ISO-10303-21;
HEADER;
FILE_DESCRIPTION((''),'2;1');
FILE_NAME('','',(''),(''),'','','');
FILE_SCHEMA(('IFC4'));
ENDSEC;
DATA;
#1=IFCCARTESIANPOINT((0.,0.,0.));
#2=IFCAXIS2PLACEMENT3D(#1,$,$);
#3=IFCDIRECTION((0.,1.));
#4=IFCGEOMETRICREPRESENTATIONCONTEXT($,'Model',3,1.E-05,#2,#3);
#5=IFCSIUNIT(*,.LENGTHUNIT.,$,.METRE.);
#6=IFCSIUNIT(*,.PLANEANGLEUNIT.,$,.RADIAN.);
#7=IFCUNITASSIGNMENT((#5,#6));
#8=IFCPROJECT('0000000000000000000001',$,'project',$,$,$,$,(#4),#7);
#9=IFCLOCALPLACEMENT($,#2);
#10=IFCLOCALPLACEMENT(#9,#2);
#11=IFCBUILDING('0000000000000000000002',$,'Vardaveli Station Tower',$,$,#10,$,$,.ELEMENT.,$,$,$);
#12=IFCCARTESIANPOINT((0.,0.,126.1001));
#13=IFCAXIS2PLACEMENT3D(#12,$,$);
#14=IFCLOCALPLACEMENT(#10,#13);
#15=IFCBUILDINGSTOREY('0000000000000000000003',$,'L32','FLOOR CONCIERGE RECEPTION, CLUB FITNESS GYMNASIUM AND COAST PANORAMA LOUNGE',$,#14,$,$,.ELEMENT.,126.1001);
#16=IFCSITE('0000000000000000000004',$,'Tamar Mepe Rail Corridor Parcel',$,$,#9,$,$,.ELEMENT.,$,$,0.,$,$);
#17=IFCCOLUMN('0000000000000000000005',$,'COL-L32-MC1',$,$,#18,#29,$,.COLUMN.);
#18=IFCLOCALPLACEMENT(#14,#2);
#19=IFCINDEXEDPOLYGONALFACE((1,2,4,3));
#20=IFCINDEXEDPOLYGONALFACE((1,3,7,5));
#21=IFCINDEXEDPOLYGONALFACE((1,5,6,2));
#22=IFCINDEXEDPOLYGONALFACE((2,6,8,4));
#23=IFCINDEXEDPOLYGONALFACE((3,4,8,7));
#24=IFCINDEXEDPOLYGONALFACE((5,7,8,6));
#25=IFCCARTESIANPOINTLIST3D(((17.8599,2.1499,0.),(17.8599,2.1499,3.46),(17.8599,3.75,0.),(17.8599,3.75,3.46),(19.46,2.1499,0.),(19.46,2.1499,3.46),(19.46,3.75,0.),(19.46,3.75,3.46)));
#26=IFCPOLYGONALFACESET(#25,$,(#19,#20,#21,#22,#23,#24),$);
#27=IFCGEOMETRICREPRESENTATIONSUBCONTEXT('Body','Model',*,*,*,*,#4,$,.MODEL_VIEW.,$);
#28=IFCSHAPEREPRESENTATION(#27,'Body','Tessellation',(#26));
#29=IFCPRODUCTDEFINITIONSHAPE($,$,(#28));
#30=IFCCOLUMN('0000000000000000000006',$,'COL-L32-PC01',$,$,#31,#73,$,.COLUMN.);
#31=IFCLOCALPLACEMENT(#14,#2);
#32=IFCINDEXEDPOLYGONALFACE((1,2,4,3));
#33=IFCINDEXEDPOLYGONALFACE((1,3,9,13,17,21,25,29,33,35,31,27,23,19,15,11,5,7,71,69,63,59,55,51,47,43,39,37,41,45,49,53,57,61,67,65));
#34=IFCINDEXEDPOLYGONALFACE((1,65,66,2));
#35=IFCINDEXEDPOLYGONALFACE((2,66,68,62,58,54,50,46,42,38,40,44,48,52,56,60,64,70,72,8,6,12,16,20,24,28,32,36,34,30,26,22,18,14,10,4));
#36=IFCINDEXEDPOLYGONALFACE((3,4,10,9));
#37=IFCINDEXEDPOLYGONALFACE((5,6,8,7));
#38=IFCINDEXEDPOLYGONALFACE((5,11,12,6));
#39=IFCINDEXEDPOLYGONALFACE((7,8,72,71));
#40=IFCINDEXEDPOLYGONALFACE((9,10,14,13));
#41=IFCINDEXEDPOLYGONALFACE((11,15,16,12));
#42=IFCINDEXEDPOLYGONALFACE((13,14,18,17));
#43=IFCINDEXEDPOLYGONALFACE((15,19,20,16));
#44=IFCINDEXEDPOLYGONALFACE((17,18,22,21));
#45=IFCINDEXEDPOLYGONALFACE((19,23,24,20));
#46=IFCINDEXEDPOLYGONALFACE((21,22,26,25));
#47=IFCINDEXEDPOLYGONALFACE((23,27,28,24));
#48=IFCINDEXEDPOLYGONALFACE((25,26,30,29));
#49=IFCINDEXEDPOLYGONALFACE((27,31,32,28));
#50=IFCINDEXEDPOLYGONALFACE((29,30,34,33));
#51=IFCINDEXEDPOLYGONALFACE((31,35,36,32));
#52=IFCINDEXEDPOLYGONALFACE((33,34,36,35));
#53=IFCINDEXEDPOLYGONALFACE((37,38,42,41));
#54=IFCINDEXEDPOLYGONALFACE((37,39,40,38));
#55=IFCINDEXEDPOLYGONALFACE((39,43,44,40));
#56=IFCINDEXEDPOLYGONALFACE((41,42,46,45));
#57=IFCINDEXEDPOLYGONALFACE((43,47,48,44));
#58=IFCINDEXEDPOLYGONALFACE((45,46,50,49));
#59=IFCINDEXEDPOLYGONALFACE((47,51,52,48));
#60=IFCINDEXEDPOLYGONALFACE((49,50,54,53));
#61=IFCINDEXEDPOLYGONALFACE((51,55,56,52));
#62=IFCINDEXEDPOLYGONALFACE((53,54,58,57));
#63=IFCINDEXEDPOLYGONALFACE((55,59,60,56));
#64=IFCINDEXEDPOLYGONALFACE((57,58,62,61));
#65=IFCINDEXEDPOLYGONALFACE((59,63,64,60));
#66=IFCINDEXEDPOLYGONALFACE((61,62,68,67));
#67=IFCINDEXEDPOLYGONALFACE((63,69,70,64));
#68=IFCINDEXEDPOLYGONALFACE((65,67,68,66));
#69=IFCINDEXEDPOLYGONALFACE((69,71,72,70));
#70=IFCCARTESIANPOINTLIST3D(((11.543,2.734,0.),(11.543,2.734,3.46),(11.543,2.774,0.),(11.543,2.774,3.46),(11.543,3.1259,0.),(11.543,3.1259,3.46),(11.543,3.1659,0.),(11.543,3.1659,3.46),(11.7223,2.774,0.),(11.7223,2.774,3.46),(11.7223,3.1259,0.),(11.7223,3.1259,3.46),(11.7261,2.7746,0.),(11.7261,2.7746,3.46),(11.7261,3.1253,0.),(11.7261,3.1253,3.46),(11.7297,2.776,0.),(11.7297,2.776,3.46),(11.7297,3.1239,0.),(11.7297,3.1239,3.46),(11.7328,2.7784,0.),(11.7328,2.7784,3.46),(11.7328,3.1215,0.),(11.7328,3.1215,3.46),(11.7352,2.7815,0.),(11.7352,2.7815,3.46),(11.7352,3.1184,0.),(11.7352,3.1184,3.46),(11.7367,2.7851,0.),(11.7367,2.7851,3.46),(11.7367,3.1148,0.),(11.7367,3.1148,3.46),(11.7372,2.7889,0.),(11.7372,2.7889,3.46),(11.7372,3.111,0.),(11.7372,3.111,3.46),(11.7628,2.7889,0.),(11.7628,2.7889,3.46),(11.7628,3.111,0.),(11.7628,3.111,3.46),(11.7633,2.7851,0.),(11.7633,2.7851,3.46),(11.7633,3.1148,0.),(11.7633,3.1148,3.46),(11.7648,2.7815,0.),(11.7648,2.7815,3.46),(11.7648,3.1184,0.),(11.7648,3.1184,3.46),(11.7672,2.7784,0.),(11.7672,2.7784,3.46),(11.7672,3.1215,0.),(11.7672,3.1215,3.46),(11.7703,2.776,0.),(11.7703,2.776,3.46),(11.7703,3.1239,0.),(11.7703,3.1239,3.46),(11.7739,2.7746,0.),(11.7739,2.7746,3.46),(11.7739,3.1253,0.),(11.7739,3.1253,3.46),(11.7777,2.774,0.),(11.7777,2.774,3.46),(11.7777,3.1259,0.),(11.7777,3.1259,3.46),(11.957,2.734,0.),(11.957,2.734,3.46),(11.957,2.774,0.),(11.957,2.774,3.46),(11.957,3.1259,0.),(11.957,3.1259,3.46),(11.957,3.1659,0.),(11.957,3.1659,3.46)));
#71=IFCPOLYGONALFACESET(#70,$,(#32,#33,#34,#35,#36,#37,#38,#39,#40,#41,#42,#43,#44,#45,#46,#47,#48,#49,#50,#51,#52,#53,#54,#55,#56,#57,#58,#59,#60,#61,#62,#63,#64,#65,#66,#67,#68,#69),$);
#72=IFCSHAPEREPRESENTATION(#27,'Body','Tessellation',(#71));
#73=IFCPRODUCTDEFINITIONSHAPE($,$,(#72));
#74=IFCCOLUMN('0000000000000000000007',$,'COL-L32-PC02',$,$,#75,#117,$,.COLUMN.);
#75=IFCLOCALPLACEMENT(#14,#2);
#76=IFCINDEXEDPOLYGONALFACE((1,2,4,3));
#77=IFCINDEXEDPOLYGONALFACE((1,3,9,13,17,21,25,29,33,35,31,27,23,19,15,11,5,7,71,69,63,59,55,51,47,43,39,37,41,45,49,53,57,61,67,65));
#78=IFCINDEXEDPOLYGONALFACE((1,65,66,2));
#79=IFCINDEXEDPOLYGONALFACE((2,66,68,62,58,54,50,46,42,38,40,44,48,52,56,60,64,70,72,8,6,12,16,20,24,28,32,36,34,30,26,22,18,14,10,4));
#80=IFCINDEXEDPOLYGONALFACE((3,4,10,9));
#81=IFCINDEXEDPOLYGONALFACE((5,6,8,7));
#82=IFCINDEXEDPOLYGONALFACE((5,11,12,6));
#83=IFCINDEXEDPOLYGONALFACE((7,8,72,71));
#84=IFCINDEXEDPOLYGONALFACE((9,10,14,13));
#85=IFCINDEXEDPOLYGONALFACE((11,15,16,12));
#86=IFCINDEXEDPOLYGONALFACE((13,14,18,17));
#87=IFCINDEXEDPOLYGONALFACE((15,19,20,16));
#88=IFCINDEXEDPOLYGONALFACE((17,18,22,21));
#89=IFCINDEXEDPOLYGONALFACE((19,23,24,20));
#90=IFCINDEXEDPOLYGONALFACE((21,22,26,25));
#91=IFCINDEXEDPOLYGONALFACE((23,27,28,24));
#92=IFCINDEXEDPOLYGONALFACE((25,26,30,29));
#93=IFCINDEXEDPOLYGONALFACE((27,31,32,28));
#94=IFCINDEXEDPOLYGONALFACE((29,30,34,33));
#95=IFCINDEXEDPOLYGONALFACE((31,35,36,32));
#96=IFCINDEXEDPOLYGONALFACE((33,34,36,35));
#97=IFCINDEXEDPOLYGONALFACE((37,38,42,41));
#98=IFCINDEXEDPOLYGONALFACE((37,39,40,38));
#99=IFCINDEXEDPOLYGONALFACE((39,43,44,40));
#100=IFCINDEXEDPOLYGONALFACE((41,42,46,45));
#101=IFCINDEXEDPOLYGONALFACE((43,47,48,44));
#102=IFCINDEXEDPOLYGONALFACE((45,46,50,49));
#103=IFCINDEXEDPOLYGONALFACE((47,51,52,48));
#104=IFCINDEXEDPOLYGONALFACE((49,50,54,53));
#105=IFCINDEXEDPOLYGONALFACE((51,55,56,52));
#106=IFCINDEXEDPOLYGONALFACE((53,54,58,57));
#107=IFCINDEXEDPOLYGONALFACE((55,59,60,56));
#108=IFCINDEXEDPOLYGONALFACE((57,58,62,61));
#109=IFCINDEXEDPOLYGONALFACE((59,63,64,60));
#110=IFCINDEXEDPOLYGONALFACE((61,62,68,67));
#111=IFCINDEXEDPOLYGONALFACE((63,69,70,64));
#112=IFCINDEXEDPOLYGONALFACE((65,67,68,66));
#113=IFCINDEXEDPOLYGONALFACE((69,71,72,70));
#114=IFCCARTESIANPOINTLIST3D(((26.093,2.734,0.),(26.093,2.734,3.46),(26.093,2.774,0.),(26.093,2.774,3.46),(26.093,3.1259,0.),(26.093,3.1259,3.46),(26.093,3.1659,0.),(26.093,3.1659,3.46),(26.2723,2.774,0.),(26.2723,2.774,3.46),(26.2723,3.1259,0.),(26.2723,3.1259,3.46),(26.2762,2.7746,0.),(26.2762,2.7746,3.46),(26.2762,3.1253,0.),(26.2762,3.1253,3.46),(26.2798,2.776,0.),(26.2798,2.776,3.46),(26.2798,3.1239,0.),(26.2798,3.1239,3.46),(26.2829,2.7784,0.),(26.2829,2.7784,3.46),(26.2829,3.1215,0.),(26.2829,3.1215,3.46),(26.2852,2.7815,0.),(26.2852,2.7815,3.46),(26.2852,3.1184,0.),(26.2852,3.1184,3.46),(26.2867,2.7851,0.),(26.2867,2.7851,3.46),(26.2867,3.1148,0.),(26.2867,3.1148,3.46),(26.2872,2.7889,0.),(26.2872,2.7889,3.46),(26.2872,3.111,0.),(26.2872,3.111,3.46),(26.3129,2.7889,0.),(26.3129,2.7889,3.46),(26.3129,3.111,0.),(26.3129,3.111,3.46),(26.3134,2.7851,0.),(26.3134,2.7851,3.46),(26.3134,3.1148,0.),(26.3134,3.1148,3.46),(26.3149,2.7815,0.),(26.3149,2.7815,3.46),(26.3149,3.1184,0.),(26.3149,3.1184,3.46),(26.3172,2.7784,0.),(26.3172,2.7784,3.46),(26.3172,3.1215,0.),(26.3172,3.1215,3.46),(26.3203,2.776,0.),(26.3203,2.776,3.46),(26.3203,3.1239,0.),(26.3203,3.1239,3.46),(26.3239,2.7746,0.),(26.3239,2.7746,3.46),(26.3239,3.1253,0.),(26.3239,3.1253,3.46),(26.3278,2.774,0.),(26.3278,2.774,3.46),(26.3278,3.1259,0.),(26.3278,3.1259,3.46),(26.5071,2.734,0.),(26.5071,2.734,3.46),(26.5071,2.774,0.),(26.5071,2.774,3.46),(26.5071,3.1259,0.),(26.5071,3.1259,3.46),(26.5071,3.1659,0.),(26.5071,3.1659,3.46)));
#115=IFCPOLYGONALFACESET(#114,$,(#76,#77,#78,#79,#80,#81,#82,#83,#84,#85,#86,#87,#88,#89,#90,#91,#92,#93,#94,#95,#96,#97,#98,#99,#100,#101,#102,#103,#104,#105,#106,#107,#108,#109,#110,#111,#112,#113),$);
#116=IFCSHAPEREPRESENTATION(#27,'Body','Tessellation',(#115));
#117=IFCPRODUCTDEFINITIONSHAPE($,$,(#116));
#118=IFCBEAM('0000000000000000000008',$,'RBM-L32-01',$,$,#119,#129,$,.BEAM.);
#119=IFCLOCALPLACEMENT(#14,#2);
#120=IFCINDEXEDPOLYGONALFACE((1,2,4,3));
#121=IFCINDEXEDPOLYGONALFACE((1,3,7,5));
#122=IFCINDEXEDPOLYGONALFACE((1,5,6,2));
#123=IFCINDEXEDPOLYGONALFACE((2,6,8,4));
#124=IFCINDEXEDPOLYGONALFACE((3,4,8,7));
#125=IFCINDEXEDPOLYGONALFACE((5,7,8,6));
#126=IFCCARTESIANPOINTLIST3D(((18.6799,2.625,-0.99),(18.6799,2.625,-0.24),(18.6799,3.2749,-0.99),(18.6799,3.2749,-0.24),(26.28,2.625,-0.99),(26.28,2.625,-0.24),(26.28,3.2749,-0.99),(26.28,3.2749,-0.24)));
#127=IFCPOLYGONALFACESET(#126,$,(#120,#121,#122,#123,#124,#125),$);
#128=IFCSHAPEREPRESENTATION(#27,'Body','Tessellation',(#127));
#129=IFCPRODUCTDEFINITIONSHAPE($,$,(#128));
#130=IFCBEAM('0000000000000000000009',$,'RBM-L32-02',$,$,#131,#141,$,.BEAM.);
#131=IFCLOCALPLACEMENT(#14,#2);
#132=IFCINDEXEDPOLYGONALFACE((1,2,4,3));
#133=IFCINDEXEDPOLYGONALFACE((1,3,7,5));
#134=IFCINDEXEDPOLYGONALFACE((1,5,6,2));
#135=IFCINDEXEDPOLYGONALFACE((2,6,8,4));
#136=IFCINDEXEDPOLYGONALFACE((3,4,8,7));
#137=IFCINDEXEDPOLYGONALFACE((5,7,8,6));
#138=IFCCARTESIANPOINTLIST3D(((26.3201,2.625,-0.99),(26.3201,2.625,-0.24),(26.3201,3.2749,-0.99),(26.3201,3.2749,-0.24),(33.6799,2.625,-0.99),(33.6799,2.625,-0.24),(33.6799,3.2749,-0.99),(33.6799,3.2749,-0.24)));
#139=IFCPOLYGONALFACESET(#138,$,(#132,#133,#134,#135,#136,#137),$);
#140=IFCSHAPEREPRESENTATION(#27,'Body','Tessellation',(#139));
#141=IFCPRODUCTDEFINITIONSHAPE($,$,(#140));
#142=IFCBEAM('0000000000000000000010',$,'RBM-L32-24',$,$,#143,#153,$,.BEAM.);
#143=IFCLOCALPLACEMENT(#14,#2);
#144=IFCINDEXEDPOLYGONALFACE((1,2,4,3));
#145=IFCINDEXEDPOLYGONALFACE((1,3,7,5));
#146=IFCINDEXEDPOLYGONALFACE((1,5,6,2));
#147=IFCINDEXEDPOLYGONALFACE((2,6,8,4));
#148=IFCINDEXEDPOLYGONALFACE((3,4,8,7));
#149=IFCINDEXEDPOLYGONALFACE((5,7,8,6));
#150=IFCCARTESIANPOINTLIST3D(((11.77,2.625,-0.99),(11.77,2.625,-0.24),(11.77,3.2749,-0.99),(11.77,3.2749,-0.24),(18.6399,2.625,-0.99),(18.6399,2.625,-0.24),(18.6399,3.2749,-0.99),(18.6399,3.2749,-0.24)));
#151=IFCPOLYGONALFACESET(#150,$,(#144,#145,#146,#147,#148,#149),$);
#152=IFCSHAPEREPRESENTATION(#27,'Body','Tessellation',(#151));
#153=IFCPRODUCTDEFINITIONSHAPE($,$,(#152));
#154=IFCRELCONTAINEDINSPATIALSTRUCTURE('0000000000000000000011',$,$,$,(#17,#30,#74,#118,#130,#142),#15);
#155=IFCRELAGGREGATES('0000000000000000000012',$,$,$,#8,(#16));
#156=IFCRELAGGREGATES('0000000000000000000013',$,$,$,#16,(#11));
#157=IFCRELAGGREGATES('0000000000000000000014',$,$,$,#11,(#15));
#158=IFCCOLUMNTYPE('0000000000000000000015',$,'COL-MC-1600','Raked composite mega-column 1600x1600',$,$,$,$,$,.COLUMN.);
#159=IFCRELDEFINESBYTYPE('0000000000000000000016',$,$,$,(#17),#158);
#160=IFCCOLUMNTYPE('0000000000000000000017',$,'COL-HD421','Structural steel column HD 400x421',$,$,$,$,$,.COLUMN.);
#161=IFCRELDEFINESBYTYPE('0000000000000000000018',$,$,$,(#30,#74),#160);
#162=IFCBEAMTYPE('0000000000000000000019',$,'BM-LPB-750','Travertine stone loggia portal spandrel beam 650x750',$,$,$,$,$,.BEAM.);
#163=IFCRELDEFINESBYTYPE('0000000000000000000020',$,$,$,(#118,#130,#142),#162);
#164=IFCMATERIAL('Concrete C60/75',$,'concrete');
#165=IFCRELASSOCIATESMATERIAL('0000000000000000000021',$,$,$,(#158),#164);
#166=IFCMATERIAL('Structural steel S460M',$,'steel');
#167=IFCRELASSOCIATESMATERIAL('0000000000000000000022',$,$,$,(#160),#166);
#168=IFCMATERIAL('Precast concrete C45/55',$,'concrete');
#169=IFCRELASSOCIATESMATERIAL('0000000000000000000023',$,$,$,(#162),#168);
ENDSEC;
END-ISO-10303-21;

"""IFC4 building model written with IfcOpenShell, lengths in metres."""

from ifc_helpers import new_model, si_unit, direction, frame, origin, origin_2d, place, context, subcontext, project, spatial, rectangle, i_section, extrude, source, transform, mapped, material, material_profile, profile_set, type_object, element, save


model = new_model("IFC4")

# Units and contexts
model_context = context("Model", 3, precision=1e-05, world=origin(), true_north=direction((0.0, 1.0)))
body_context = subcontext(model_context, "Body", "Model", "MODEL_VIEW")
ifc_project = project(units=[si_unit("LENGTHUNIT", "METRE"), si_unit("PLANEANGLEUNIT", "RADIAN")], contexts=[model_context])

# Site, building, storey
site_placement = place(None, origin())
site = spatial("IfcSite", under=ifc_project, at=site_placement, Name="Tamar Mepe Rail Corridor Parcel", CompositionType="ELEMENT", RefElevation=0.0)
building_placement = place(site_placement, origin())
building = spatial("IfcBuilding", under=site, at=building_placement, Name="Vardaveli Station Tower", CompositionType="ELEMENT")
storey_placement = place(building_placement, frame((0.0, 0.0, 126.1001)))
storey = spatial("IfcBuildingStorey", under=building, at=storey_placement, Name="L32", Description="FLOOR CONCIERGE RECEPTION, CLUB FITNESS GYMNASIUM AND COAST PANORAMA LOUNGE", CompositionType="ELEMENT", Elevation=126.1001)

# Columns
ifc_material_1 = material(Name="Concrete C60/75", Category="concrete")
ifc_material_profile_1 = material_profile(ifc_material_1, rectangle(XDim=1.6001, YDim=1.6001, at=origin_2d()), Name="MC 1600x1600")
ifc_profile_set_1 = profile_set([ifc_material_profile_1], Name="Concrete C60/75")
column_type_1 = type_object("IfcColumnType", Name="COL-MC-1600", Description="Raked composite mega-column 1600x1600", PredefinedType="COLUMN", material=ifc_profile_set_1)
shared_shape_1 = source(origin(), body_context, "Body", "SweptSolid", [
    extrude(rectangle(XDim=1.6001, YDim=1.6001, at=origin_2d()), origin(), (0.0, 0.0, 1.0), 3.46),
])
column_placement = place(storey_placement, frame((18.6599, 2.95, 0.0), z_axis=(0.0, 0.0, 1.0), x_axis=(1.0, 0.0, 0.0)))
element("IfcColumn", 1, at=column_placement, inside=storey, type_object=column_type_1, Name="COL-L32-MC1", PredefinedType="COLUMN", context=body_context, shape_type="MappedRepresentation", body=[
    mapped(shared_shape_1, transform((0.0, 0.0, 0.0), scale=1.0)),
])
ifc_material_2 = material(Name="Structural steel S460M", Category="steel")
ifc_material_profile_2 = material_profile(ifc_material_2, i_section(OverallWidth=0.4141, OverallDepth=0.4319, WebThickness=0.0256, FlangeThickness=0.04, FilletRadius=0.0149, at=origin_2d()), Name="HD 400x421")
ifc_profile_set_2 = profile_set([ifc_material_profile_2], Name="Structural steel S460M")
column_type_2 = type_object("IfcColumnType", Name="COL-HD421", Description="Structural steel column HD 400x421", PredefinedType="COLUMN", material=ifc_profile_set_2)
shared_shape_2 = source(origin(), body_context, "Body", "SweptSolid", [
    extrude(i_section(OverallWidth=0.4141, OverallDepth=0.4319, WebThickness=0.0256, FlangeThickness=0.04, FilletRadius=0.0149, at=origin_2d()), origin(), (0.0, 0.0, 1.0), 3.46),
])
for number, where, z_axis, x_axis, name in (
    (2, (11.75, 2.95, 0.0), (0.0, 0.0, 1.0), (1.0, 0.0, 0.0), "COL-L32-PC01"),
    (3, (26.3, 2.95, 0.0), (0.0, 0.0, 1.0), (1.0, 0.0, 0.0), "COL-L32-PC02"),
):
    element("IfcColumn", number, at=place(storey_placement, frame(where, z_axis=z_axis, x_axis=x_axis)), inside=storey, type_object=column_type_2, Name=name, PredefinedType="COLUMN", context=body_context, shape_type="MappedRepresentation", body=[
        mapped(shared_shape_2, transform((0.0, 0.0, 0.0), scale=1.0)),
    ])

# Beams
ifc_material_3 = material(Name="Precast concrete C45/55", Category="concrete")
ifc_material_profile_3 = material_profile(ifc_material_3, rectangle(XDim=0.6499, YDim=0.75, at=origin_2d()), Name="LPB 650x750")
ifc_profile_set_3 = profile_set([ifc_material_profile_3], Name="Precast concrete C45/55")
beam_type_1 = type_object("IfcBeamType", Name="BM-LPB-750", Description="Travertine stone loggia portal spandrel beam 650x750", PredefinedType="BEAM", material=ifc_profile_set_3)
shared_shape_3 = source(origin(), body_context, "Body", "SweptSolid", [
    extrude(rectangle(XDim=0.6499, YDim=0.75, at=origin_2d()), origin(), (0.0, 0.0, 1.0), 7.6001),
])
beam_1_placement = place(storey_placement, frame((18.6799, 2.95, -0.615), z_axis=(1.0, 0.0, 0.0), x_axis=(0.0, 1.0, 0.0)))
element("IfcBeam", 4, at=beam_1_placement, inside=storey, type_object=beam_type_1, Name="RBM-L32-01", PredefinedType="BEAM", context=body_context, shape_type="MappedRepresentation", body=[
    mapped(shared_shape_3, transform((0.0, 0.0, 0.0), scale=1.0)),
])
shared_shape_4 = source(origin(), body_context, "Body", "SweptSolid", [
    extrude(rectangle(XDim=0.6499, YDim=0.75, at=origin_2d()), origin(), (0.0, 0.0, 1.0), 7.3599),
])
beam_2_placement = place(storey_placement, frame((26.3201, 2.95, -0.615), z_axis=(1.0, 0.0, 0.0), x_axis=(0.0, 1.0, 0.0)))
element("IfcBeam", 5, at=beam_2_placement, inside=storey, type_object=beam_type_1, Name="RBM-L32-02", PredefinedType="BEAM", context=body_context, shape_type="MappedRepresentation", body=[
    mapped(shared_shape_4, transform((0.0, 0.0, 0.0), scale=1.0)),
])
shared_shape_5 = source(origin(), body_context, "Body", "SweptSolid", [
    extrude(rectangle(XDim=0.6499, YDim=0.75, at=origin_2d()), origin(), (0.0, 0.0, 1.0), 6.8699),
])
beam_3_placement = place(storey_placement, frame((11.77, 2.95, -0.615), z_axis=(1.0, 0.0, 0.0), x_axis=(0.0, 1.0, 0.0)))
element("IfcBeam", 6, at=beam_3_placement, inside=storey, type_object=beam_type_1, Name="RBM-L32-24", PredefinedType="BEAM", context=body_context, shape_type="MappedRepresentation", body=[
    mapped(shared_shape_5, transform((0.0, 0.0, 0.0), scale=1.0)),
])

save(model, "model.ifc")
